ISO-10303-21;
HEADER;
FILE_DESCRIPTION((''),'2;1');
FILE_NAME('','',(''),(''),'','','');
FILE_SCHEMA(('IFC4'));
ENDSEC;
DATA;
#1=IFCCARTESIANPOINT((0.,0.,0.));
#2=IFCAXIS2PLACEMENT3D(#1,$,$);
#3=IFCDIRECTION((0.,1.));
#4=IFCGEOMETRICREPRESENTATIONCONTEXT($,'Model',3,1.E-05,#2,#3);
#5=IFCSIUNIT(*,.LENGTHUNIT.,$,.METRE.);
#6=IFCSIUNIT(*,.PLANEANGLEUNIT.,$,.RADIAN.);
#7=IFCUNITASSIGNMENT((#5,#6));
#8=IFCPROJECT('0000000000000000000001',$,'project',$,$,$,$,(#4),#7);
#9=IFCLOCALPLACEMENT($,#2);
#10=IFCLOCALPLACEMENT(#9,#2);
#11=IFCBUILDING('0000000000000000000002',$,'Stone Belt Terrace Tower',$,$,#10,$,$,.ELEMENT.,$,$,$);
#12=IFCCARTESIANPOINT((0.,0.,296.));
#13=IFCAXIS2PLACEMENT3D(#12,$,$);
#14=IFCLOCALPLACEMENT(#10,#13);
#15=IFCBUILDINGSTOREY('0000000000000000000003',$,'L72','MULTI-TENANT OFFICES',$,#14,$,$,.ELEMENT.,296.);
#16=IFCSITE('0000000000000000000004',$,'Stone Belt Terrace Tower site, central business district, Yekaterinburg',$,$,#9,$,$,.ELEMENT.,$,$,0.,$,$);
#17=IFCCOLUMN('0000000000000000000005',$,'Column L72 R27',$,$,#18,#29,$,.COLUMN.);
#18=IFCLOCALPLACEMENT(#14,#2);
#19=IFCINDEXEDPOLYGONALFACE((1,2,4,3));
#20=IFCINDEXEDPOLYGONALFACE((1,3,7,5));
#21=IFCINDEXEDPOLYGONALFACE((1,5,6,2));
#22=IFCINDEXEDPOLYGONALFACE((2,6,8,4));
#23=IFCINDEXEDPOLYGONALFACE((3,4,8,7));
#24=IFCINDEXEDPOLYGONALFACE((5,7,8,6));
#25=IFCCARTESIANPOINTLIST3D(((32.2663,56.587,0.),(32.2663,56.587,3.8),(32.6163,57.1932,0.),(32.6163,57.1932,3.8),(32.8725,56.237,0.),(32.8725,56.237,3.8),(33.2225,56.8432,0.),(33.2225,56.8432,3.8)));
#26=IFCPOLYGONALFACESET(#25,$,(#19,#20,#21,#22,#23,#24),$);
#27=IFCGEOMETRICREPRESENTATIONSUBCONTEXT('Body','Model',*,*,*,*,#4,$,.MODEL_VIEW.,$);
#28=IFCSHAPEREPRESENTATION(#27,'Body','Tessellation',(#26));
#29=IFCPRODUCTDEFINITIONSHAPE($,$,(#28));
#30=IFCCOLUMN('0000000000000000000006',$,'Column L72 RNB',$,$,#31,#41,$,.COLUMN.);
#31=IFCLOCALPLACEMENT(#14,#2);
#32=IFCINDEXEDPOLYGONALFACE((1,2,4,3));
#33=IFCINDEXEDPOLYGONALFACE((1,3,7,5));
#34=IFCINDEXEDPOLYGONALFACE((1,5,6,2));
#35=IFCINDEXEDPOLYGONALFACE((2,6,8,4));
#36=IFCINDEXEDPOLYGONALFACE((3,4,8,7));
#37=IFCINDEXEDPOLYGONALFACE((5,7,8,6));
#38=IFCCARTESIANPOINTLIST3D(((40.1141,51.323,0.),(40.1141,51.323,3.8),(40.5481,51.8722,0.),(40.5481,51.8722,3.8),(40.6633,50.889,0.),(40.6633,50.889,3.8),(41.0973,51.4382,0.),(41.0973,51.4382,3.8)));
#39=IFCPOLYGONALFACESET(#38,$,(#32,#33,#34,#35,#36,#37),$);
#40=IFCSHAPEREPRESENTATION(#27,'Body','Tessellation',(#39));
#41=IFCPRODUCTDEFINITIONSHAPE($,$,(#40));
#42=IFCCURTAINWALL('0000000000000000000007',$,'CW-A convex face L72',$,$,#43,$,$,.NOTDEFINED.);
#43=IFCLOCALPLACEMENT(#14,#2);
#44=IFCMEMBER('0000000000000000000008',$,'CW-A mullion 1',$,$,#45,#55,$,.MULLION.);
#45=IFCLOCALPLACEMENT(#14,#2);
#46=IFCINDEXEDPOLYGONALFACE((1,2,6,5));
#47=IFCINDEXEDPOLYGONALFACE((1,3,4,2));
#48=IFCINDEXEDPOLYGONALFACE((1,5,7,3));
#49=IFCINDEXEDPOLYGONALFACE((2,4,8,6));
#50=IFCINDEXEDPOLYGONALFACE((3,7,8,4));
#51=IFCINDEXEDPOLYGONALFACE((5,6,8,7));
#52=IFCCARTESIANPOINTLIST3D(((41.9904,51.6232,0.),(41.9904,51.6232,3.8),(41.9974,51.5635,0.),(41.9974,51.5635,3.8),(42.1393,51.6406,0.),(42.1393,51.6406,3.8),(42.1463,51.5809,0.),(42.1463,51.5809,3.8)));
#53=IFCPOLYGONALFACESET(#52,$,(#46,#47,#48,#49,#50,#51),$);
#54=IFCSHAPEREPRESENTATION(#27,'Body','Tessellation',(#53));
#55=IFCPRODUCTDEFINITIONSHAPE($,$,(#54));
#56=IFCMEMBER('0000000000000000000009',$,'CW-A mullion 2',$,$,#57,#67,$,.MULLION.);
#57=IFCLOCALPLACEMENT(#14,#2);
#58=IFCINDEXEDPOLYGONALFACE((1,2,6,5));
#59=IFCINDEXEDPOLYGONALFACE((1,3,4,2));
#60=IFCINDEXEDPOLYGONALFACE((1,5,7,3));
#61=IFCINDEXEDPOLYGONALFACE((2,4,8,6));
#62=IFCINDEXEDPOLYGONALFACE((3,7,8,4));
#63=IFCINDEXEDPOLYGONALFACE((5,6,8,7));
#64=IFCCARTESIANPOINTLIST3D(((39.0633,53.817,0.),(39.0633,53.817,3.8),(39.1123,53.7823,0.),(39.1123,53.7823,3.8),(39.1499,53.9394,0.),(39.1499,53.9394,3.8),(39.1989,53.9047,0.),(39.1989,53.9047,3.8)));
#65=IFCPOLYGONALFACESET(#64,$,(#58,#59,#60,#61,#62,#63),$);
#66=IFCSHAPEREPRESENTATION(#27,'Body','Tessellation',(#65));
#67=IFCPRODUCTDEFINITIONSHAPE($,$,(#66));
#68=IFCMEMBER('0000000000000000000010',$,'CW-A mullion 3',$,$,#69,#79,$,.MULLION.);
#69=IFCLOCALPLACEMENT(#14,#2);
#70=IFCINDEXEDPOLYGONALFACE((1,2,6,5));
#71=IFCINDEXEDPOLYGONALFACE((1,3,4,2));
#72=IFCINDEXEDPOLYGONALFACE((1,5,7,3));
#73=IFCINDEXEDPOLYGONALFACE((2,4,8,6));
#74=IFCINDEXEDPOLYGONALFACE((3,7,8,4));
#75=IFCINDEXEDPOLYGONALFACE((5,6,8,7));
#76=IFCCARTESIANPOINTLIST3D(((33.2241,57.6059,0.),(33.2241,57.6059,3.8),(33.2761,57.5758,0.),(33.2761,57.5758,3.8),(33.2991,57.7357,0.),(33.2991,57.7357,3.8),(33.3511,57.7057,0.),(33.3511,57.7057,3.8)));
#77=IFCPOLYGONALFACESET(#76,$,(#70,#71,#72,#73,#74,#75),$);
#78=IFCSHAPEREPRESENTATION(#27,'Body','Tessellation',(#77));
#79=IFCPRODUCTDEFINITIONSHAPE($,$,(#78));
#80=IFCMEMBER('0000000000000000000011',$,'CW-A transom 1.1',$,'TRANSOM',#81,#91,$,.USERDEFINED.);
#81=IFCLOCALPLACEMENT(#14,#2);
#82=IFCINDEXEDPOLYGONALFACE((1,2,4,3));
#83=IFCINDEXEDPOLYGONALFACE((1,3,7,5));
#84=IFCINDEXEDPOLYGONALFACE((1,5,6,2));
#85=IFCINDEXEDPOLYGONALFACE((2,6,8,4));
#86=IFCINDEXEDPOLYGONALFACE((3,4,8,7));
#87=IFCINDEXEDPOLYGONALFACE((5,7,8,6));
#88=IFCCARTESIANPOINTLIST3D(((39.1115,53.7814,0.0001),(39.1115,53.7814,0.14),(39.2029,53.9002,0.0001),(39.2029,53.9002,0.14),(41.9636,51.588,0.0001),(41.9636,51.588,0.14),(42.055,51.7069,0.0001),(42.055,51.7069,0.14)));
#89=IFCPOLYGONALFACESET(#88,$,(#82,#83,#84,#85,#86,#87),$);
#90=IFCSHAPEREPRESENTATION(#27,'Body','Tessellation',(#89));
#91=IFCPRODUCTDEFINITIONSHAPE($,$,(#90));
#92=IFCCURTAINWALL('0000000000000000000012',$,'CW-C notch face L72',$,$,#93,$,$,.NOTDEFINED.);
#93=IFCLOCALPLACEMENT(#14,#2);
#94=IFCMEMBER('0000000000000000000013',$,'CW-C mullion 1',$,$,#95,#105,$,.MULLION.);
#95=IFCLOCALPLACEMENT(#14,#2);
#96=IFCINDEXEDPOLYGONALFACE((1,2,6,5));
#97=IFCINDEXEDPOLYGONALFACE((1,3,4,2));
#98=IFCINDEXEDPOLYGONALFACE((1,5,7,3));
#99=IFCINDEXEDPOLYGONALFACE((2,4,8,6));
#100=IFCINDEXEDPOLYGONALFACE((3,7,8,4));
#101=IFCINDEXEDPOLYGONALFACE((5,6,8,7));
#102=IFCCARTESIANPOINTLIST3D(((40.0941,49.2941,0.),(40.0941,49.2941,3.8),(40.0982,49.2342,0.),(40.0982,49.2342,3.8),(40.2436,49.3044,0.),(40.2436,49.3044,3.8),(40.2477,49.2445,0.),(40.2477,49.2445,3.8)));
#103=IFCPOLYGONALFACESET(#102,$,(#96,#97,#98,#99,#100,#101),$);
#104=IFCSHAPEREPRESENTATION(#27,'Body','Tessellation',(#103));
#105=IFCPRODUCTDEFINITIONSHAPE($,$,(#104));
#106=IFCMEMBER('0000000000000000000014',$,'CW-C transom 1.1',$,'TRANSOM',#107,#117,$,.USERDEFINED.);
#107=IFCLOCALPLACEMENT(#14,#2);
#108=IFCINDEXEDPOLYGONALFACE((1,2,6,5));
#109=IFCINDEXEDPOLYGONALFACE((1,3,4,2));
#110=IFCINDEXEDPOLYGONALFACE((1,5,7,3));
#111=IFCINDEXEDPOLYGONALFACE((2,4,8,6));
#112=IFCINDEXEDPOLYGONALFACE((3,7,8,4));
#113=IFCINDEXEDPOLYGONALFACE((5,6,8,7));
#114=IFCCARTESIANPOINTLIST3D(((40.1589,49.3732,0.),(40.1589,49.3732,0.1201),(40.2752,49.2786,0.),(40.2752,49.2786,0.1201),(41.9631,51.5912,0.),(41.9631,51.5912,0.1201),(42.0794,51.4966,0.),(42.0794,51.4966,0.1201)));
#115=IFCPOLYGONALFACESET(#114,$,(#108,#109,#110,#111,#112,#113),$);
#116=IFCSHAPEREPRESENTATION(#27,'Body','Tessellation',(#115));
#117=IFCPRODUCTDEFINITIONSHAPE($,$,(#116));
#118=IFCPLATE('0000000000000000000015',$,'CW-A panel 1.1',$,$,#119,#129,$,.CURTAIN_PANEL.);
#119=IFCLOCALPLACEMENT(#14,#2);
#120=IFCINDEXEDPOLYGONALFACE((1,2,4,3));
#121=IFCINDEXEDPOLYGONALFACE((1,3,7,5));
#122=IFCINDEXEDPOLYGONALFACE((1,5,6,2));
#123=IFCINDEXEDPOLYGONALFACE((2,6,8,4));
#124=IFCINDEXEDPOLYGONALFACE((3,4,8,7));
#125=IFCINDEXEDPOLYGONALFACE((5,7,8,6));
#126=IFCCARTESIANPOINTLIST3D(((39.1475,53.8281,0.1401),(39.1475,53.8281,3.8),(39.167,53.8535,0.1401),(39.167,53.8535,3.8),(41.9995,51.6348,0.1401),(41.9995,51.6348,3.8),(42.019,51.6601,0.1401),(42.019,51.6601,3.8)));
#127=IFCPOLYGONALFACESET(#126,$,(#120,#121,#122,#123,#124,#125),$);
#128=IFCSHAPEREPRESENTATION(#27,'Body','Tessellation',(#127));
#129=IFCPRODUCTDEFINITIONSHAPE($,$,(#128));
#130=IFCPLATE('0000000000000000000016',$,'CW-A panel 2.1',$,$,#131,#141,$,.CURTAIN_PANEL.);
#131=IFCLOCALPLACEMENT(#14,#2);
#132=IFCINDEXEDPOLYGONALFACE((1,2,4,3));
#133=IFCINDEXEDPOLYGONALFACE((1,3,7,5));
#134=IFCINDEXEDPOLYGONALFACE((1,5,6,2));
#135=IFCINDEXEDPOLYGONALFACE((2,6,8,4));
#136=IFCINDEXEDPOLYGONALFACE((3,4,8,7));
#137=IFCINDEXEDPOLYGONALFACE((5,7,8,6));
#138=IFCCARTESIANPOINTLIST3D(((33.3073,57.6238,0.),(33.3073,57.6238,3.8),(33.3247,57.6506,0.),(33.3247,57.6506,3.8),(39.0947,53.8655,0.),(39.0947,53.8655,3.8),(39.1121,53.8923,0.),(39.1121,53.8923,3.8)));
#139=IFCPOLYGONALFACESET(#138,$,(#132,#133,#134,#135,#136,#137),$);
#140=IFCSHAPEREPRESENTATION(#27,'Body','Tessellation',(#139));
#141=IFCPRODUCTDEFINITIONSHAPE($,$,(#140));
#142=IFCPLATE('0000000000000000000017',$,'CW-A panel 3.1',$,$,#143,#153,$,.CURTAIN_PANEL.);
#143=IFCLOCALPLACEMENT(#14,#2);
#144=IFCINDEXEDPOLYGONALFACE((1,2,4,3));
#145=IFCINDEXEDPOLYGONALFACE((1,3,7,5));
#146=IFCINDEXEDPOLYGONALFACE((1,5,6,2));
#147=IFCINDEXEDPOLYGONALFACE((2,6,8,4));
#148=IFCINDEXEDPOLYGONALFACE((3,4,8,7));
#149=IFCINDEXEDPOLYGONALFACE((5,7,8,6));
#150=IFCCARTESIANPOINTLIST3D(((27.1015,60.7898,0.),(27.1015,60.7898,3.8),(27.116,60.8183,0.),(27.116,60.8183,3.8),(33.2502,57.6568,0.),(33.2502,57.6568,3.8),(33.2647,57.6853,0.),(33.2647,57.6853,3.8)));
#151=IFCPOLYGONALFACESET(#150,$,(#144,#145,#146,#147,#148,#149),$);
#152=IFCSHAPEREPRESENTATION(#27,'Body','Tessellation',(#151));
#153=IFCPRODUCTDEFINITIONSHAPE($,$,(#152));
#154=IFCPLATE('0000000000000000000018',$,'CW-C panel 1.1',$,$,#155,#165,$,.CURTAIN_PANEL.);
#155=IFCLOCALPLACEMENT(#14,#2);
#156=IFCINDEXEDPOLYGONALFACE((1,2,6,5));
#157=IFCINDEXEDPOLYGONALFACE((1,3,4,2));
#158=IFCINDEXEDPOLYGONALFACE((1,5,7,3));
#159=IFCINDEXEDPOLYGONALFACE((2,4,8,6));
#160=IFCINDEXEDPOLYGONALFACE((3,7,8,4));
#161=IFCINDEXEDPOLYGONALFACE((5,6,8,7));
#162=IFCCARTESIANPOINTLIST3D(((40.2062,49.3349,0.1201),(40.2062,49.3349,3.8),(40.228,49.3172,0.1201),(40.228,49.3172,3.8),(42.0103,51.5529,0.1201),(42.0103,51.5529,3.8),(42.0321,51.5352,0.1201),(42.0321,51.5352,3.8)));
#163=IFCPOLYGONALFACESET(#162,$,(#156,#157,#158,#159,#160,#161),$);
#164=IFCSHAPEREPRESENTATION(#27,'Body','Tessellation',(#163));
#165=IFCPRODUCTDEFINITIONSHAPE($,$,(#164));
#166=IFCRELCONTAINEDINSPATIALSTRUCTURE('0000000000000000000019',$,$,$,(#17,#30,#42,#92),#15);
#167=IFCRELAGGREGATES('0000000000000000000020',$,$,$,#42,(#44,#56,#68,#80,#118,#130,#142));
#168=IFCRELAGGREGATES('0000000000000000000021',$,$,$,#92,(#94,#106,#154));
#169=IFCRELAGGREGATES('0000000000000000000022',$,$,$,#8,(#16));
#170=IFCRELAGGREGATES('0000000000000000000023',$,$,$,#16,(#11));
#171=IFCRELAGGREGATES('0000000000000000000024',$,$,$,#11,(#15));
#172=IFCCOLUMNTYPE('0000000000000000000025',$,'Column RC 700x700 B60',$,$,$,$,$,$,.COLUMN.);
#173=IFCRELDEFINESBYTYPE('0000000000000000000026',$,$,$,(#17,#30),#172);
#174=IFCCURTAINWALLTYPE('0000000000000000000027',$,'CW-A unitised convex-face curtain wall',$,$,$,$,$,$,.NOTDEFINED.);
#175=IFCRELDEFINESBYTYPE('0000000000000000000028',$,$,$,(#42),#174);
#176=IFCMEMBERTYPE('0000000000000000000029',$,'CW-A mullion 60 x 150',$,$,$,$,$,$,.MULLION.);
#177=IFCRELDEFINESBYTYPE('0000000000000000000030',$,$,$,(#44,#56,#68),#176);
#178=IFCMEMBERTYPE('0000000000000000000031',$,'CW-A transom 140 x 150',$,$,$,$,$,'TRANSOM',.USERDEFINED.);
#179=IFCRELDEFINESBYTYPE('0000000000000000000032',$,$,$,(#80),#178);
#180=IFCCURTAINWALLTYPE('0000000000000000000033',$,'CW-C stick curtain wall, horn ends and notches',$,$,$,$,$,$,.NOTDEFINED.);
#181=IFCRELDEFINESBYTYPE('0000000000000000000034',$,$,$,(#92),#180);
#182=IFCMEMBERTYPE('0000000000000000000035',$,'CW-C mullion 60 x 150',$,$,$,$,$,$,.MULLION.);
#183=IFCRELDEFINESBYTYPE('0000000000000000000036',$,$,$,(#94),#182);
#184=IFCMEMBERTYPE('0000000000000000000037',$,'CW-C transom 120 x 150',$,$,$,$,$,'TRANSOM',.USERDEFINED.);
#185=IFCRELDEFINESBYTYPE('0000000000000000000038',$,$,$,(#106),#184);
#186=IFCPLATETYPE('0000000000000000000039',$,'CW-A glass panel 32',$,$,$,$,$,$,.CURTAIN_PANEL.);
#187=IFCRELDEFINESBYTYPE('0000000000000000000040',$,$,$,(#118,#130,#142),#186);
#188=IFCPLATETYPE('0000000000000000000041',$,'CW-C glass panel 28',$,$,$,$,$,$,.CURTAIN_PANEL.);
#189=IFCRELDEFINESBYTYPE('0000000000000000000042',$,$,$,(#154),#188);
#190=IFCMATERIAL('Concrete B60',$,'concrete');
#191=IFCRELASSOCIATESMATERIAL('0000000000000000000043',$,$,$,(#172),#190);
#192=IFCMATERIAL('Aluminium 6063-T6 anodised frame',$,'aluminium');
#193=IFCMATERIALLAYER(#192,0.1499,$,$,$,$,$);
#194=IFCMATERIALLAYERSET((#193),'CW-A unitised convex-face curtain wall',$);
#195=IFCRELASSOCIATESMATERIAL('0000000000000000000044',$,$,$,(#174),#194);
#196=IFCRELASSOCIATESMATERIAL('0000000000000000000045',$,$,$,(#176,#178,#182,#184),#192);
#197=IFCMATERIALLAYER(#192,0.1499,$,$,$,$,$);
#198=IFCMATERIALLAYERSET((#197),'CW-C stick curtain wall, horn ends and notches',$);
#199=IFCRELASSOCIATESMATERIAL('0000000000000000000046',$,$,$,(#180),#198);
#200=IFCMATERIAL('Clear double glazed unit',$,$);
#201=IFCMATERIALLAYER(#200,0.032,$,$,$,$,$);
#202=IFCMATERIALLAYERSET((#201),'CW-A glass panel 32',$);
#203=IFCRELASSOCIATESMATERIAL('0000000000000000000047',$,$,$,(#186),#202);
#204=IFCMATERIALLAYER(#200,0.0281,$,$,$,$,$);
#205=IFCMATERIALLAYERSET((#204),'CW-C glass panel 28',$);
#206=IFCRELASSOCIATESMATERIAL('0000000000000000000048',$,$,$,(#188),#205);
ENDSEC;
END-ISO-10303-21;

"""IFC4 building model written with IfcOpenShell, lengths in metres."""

from ifc_helpers import new_model, si_unit, direction, frame, origin, origin_2d, place, context, subcontext, project, spatial, rectangle, extrude, material, layer, layer_set, material_profile, profile_set, type_object, element, aggregate, save


model = new_model("IFC4")

# Units and contexts
model_context = context("Model", 3, precision=1e-05, world=origin(), true_north=direction((0.0, 1.0)))
body_context = subcontext(model_context, "Body", "Model", "MODEL_VIEW")
ifc_project = project(units=[si_unit("LENGTHUNIT", "METRE"), si_unit("PLANEANGLEUNIT", "RADIAN")], contexts=[model_context])

# Site, building, storey
site_placement = place(None, origin())
site = spatial("IfcSite", under=ifc_project, at=site_placement, Name="Stone Belt Terrace Tower site, central business district, Yekaterinburg", CompositionType="ELEMENT", RefElevation=0.0)
building_placement = place(site_placement, origin())
building = spatial("IfcBuilding", under=site, at=building_placement, Name="Stone Belt Terrace Tower", CompositionType="ELEMENT")
storey_placement = place(building_placement, frame((0.0, 0.0, 296.0)))
storey = spatial("IfcBuildingStorey", under=building, at=storey_placement, Name="L72", Description="MULTI-TENANT OFFICES", CompositionType="ELEMENT", Elevation=296.0)

# Columns
ifc_material_1 = material(Name="Concrete B60", Category="concrete")
ifc_material_profile_1 = material_profile(ifc_material_1, rectangle(XDim=0.7, YDim=0.7, at=origin_2d()), Name="RC 700x700")
ifc_profile_set_1 = profile_set([ifc_material_profile_1], Name="Concrete B60")
column_type = type_object("IfcColumnType", Name="Column RC 700x700 B60", PredefinedType="COLUMN", material=ifc_profile_set_1)
for number, where, z_axis, x_axis, name in (
    (1, (32.7444, 56.7151, 0.0), (0.0, 0.0, 1.0), (0.866025, -0.5, 0.0), "Column L72 R27"),
    (2, (40.6057, 51.3806, 0.0), (0.0, 0.0, 1.0), (0.78457, -0.620041, 0.0), "Column L72 RNB"),
):
    element("IfcColumn", number, at=place(storey_placement, frame(where, z_axis=z_axis, x_axis=x_axis)), inside=storey, type_object=column_type, Name=name, PredefinedType="COLUMN", context=body_context, shape_type="SweptSolid", body=[
        extrude(rectangle(XDim=0.7, YDim=0.7, at=origin_2d()), origin(), (0.0, 0.0, 1.0), 3.8),
    ])

# Curtain walls, members
ifc_material_2 = material(Name="Aluminium 6063-T6 anodised frame", Category="aluminium")
ifc_layer_1 = layer(ifc_material_2, 0.1499)
ifc_layer_set_1 = layer_set([ifc_layer_1], Name="CW-A unitised convex-face curtain wall")
curtain_wall_type_1 = type_object("IfcCurtainWallType", Name="CW-A unitised convex-face curtain wall", PredefinedType="NOTDEFINED", material=ifc_layer_set_1)
curtain_wall_1_placement = place(storey_placement, origin())
curtain_wall_1 = element("IfcCurtainWall", 3, at=curtain_wall_1_placement, inside=storey, type_object=curtain_wall_type_1, Name="CW-A convex face L72", PredefinedType="NOTDEFINED")
ifc_material_profile_2 = material_profile(ifc_material_2, rectangle(XDim=0.1499, YDim=0.0601, at=origin_2d()), Name="Aluminium 6063-T6 60x150")
ifc_profile_set_2 = profile_set([ifc_material_profile_2], Name="Aluminium 6063-T6 anodised frame")
member_type_1 = type_object("IfcMemberType", Name="CW-A mullion 60 x 150", PredefinedType="MULLION", material=ifc_profile_set_2)
member_1_placement = place(storey_placement, frame((42.0684, 51.6021, 0.0), z_axis=(0.0, 0.0, 1.0), x_axis=(-0.993258, -0.115925, 0.0)))
member_1 = element("IfcMember", 4, at=member_1_placement, type_object=member_type_1, Name="CW-A mullion 1", PredefinedType="MULLION", context=body_context, shape_type="SweptSolid", body=[
    extrude(rectangle(XDim=0.1499, YDim=0.0601, at=origin_2d()), origin(), (0.0, 0.0, 1.0), 3.8),
])
member_2_placement = place(storey_placement, frame((39.1311, 53.8608, 0.0), z_axis=(0.0, 0.0, 1.0), x_axis=(-0.577587, -0.816329, 0.0)))
member_2 = element("IfcMember", 5, at=member_2_placement, type_object=member_type_1, Name="CW-A mullion 2", PredefinedType="MULLION", context=body_context, shape_type="SweptSolid", body=[
    extrude(rectangle(XDim=0.1499, YDim=0.0601, at=origin_2d()), origin(), (0.0, 0.0, 1.0), 3.8),
])
member_3_placement = place(storey_placement, frame((33.2876, 57.6558, 0.0), z_axis=(0.0, 0.0, 1.0), x_axis=(-0.5, -0.866025, 0.0)))
member_3 = element("IfcMember", 6, at=member_3_placement, type_object=member_type_1, Name="CW-A mullion 3", PredefinedType="MULLION", context=body_context, shape_type="SweptSolid", body=[
    extrude(rectangle(XDim=0.1499, YDim=0.0601, at=origin_2d()), origin(), (0.0, 0.0, 1.0), 3.8),
])
ifc_material_profile_3 = material_profile(ifc_material_2, rectangle(XDim=0.1499, YDim=0.1399, at=origin_2d()), Name="Aluminium 6063-T6 150x140")
ifc_profile_set_3 = profile_set([ifc_material_profile_3], Name="Aluminium 6063-T6 anodised frame")
member_type_2 = type_object("IfcMemberType", Name="CW-A transom 140 x 150", ElementType="TRANSOM", PredefinedType="USERDEFINED", material=ifc_profile_set_3)
member_4_placement = place(storey_placement, frame((42.0093, 51.6475, 0.0701), z_axis=(-0.792695, 0.609619, 0.0), x_axis=(-0.609619, -0.792695, 0.0)))
member_4 = element("IfcMember", 7, at=member_4_placement, type_object=member_type_2, Name="CW-A transom 1.1", ObjectType="TRANSOM", PredefinedType="USERDEFINED", context=body_context, shape_type="SweptSolid", body=[
    extrude(rectangle(XDim=0.1499, YDim=0.1399, at=origin_2d()), origin(), (0.0, 0.0, 1.0), 3.5979),
])
ifc_layer_2 = layer(ifc_material_2, 0.1499)
ifc_layer_set_2 = layer_set([ifc_layer_2], Name="CW-C stick curtain wall, horn ends and notches")
curtain_wall_type_2 = type_object("IfcCurtainWallType", Name="CW-C stick curtain wall, horn ends and notches", PredefinedType="NOTDEFINED", material=ifc_layer_set_2)
curtain_wall_2_placement = place(storey_placement, origin())
curtain_wall_2 = element("IfcCurtainWall", 8, at=curtain_wall_2_placement, inside=storey, type_object=curtain_wall_type_2, Name="CW-C notch face L72", PredefinedType="NOTDEFINED")
ifc_material_profile_4 = material_profile(ifc_material_2, rectangle(XDim=0.1499, YDim=0.0601, at=origin_2d()), Name="Aluminium 6063-T6 60x150")
ifc_profile_set_4 = profile_set([ifc_material_profile_4], Name="Aluminium 6063-T6 anodised frame")
member_type_3 = type_object("IfcMemberType", Name="CW-C mullion 60 x 150", PredefinedType="MULLION", material=ifc_profile_set_4)
member_5_placement = place(storey_placement, frame((40.1709, 49.2693, 0.0), z_axis=(0.0, 0.0, 1.0), x_axis=(-0.99764, -0.068666, 0.0)))
member_5 = element("IfcMember", 9, at=member_5_placement, type_object=member_type_3, Name="CW-C mullion 1", PredefinedType="MULLION", context=body_context, shape_type="SweptSolid", body=[
    extrude(rectangle(XDim=0.1499, YDim=0.0601, at=origin_2d()), origin(), (0.0, 0.0, 1.0), 3.8),
])
ifc_material_profile_5 = material_profile(ifc_material_2, rectangle(XDim=0.1499, YDim=0.1201, at=origin_2d()), Name="Aluminium 6063-T6 150x120")
ifc_profile_set_5 = profile_set([ifc_material_profile_5], Name="Aluminium 6063-T6 anodised frame")
member_type_4 = type_object("IfcMemberType", Name="CW-C transom 120 x 150", ElementType="TRANSOM", PredefinedType="USERDEFINED", material=ifc_profile_set_5)
member_6_placement = place(storey_placement, frame((40.217, 49.3259, 0.0601), z_axis=(0.631027, 0.775761, 0.0), x_axis=(-0.775761, 0.631027, 0.0)))
member_6 = element("IfcMember", 10, at=member_6_placement, type_object=member_type_4, Name="CW-C transom 1.1", ObjectType="TRANSOM", PredefinedType="USERDEFINED", context=body_context, shape_type="SweptSolid", body=[
    extrude(rectangle(XDim=0.1499, YDim=0.1201, at=origin_2d()), origin(), (0.0, 0.0, 1.0), 2.8591),
])

# Plates
ifc_material_3 = material(Name="Clear double glazed unit")
ifc_layer_3 = layer(ifc_material_3, 0.032)
ifc_layer_set_3 = layer_set([ifc_layer_3], Name="CW-A glass panel 32")
plate_type_1 = type_object("IfcPlateType", Name="CW-A glass panel 32", PredefinedType="CURTAIN_PANEL", material=ifc_layer_set_3)
plate_1_placement = place(storey_placement, frame((40.5833, 52.7441, 0.1401), z_axis=(0.0, 0.0, 1.0), x_axis=(-0.792694, 0.60962, 0.0)))
plate_1 = element("IfcPlate", 11, at=plate_1_placement, type_object=plate_type_1, Name="CW-A panel 1.1", PredefinedType="CURTAIN_PANEL", context=body_context, shape_type="SweptSolid", body=[
    extrude(rectangle(XDim=3.5979, YDim=0.032, at=origin_2d()), origin(), (0.0, 0.0, 1.0), 3.6599),
])
plate_2_placement = place(storey_placement, frame((36.2097, 55.7581, 0.0), z_axis=(0.0, 0.0, 1.0), x_axis=(-0.838671, 0.544639, 0.0)))
plate_2 = element("IfcPlate", 12, at=plate_2_placement, type_object=plate_type_1, Name="CW-A panel 2.1", PredefinedType="CURTAIN_PANEL", context=body_context, shape_type="SweptSolid", body=[
    extrude(rectangle(XDim=6.9006, YDim=0.032, at=origin_2d()), origin(), (0.0, 0.0, 1.0), 3.8),
])
plate_3_placement = place(storey_placement, frame((30.1831, 59.2375, 0.0), z_axis=(0.0, 0.0, 1.0), x_axis=(-0.891007, 0.45399, 0.0)))
plate_3 = element("IfcPlate", 13, at=plate_3_placement, type_object=plate_type_1, Name="CW-A panel 3.1", PredefinedType="CURTAIN_PANEL", context=body_context, shape_type="SweptSolid", body=[
    extrude(rectangle(XDim=6.9009, YDim=0.032, at=origin_2d()), origin(), (0.0, 0.0, 1.0), 3.8),
])
aggregate(curtain_wall_1, [member_1, member_2, member_3, member_4, plate_1, plate_2, plate_3])
ifc_layer_4 = layer(ifc_material_3, 0.0281)
ifc_layer_set_4 = layer_set([ifc_layer_4], Name="CW-C glass panel 28")
plate_type_2 = type_object("IfcPlateType", Name="CW-C glass panel 28", PredefinedType="CURTAIN_PANEL", material=ifc_layer_set_4)
plate_4_placement = place(storey_placement, frame((41.1191, 50.4351, 0.1201), z_axis=(0.0, 0.0, 1.0), x_axis=(0.631001, 0.775782, 0.0)))
plate_4 = element("IfcPlate", 14, at=plate_4_placement, type_object=plate_type_2, Name="CW-C panel 1.1", PredefinedType="CURTAIN_PANEL", context=body_context, shape_type="SweptSolid", body=[
    extrude(rectangle(XDim=2.8591, YDim=0.0281, at=origin_2d()), origin(), (0.0, 0.0, 1.0), 3.6799),
])
aggregate(curtain_wall_2, [member_5, member_6, plate_4])

save(model, "model.ifc")
